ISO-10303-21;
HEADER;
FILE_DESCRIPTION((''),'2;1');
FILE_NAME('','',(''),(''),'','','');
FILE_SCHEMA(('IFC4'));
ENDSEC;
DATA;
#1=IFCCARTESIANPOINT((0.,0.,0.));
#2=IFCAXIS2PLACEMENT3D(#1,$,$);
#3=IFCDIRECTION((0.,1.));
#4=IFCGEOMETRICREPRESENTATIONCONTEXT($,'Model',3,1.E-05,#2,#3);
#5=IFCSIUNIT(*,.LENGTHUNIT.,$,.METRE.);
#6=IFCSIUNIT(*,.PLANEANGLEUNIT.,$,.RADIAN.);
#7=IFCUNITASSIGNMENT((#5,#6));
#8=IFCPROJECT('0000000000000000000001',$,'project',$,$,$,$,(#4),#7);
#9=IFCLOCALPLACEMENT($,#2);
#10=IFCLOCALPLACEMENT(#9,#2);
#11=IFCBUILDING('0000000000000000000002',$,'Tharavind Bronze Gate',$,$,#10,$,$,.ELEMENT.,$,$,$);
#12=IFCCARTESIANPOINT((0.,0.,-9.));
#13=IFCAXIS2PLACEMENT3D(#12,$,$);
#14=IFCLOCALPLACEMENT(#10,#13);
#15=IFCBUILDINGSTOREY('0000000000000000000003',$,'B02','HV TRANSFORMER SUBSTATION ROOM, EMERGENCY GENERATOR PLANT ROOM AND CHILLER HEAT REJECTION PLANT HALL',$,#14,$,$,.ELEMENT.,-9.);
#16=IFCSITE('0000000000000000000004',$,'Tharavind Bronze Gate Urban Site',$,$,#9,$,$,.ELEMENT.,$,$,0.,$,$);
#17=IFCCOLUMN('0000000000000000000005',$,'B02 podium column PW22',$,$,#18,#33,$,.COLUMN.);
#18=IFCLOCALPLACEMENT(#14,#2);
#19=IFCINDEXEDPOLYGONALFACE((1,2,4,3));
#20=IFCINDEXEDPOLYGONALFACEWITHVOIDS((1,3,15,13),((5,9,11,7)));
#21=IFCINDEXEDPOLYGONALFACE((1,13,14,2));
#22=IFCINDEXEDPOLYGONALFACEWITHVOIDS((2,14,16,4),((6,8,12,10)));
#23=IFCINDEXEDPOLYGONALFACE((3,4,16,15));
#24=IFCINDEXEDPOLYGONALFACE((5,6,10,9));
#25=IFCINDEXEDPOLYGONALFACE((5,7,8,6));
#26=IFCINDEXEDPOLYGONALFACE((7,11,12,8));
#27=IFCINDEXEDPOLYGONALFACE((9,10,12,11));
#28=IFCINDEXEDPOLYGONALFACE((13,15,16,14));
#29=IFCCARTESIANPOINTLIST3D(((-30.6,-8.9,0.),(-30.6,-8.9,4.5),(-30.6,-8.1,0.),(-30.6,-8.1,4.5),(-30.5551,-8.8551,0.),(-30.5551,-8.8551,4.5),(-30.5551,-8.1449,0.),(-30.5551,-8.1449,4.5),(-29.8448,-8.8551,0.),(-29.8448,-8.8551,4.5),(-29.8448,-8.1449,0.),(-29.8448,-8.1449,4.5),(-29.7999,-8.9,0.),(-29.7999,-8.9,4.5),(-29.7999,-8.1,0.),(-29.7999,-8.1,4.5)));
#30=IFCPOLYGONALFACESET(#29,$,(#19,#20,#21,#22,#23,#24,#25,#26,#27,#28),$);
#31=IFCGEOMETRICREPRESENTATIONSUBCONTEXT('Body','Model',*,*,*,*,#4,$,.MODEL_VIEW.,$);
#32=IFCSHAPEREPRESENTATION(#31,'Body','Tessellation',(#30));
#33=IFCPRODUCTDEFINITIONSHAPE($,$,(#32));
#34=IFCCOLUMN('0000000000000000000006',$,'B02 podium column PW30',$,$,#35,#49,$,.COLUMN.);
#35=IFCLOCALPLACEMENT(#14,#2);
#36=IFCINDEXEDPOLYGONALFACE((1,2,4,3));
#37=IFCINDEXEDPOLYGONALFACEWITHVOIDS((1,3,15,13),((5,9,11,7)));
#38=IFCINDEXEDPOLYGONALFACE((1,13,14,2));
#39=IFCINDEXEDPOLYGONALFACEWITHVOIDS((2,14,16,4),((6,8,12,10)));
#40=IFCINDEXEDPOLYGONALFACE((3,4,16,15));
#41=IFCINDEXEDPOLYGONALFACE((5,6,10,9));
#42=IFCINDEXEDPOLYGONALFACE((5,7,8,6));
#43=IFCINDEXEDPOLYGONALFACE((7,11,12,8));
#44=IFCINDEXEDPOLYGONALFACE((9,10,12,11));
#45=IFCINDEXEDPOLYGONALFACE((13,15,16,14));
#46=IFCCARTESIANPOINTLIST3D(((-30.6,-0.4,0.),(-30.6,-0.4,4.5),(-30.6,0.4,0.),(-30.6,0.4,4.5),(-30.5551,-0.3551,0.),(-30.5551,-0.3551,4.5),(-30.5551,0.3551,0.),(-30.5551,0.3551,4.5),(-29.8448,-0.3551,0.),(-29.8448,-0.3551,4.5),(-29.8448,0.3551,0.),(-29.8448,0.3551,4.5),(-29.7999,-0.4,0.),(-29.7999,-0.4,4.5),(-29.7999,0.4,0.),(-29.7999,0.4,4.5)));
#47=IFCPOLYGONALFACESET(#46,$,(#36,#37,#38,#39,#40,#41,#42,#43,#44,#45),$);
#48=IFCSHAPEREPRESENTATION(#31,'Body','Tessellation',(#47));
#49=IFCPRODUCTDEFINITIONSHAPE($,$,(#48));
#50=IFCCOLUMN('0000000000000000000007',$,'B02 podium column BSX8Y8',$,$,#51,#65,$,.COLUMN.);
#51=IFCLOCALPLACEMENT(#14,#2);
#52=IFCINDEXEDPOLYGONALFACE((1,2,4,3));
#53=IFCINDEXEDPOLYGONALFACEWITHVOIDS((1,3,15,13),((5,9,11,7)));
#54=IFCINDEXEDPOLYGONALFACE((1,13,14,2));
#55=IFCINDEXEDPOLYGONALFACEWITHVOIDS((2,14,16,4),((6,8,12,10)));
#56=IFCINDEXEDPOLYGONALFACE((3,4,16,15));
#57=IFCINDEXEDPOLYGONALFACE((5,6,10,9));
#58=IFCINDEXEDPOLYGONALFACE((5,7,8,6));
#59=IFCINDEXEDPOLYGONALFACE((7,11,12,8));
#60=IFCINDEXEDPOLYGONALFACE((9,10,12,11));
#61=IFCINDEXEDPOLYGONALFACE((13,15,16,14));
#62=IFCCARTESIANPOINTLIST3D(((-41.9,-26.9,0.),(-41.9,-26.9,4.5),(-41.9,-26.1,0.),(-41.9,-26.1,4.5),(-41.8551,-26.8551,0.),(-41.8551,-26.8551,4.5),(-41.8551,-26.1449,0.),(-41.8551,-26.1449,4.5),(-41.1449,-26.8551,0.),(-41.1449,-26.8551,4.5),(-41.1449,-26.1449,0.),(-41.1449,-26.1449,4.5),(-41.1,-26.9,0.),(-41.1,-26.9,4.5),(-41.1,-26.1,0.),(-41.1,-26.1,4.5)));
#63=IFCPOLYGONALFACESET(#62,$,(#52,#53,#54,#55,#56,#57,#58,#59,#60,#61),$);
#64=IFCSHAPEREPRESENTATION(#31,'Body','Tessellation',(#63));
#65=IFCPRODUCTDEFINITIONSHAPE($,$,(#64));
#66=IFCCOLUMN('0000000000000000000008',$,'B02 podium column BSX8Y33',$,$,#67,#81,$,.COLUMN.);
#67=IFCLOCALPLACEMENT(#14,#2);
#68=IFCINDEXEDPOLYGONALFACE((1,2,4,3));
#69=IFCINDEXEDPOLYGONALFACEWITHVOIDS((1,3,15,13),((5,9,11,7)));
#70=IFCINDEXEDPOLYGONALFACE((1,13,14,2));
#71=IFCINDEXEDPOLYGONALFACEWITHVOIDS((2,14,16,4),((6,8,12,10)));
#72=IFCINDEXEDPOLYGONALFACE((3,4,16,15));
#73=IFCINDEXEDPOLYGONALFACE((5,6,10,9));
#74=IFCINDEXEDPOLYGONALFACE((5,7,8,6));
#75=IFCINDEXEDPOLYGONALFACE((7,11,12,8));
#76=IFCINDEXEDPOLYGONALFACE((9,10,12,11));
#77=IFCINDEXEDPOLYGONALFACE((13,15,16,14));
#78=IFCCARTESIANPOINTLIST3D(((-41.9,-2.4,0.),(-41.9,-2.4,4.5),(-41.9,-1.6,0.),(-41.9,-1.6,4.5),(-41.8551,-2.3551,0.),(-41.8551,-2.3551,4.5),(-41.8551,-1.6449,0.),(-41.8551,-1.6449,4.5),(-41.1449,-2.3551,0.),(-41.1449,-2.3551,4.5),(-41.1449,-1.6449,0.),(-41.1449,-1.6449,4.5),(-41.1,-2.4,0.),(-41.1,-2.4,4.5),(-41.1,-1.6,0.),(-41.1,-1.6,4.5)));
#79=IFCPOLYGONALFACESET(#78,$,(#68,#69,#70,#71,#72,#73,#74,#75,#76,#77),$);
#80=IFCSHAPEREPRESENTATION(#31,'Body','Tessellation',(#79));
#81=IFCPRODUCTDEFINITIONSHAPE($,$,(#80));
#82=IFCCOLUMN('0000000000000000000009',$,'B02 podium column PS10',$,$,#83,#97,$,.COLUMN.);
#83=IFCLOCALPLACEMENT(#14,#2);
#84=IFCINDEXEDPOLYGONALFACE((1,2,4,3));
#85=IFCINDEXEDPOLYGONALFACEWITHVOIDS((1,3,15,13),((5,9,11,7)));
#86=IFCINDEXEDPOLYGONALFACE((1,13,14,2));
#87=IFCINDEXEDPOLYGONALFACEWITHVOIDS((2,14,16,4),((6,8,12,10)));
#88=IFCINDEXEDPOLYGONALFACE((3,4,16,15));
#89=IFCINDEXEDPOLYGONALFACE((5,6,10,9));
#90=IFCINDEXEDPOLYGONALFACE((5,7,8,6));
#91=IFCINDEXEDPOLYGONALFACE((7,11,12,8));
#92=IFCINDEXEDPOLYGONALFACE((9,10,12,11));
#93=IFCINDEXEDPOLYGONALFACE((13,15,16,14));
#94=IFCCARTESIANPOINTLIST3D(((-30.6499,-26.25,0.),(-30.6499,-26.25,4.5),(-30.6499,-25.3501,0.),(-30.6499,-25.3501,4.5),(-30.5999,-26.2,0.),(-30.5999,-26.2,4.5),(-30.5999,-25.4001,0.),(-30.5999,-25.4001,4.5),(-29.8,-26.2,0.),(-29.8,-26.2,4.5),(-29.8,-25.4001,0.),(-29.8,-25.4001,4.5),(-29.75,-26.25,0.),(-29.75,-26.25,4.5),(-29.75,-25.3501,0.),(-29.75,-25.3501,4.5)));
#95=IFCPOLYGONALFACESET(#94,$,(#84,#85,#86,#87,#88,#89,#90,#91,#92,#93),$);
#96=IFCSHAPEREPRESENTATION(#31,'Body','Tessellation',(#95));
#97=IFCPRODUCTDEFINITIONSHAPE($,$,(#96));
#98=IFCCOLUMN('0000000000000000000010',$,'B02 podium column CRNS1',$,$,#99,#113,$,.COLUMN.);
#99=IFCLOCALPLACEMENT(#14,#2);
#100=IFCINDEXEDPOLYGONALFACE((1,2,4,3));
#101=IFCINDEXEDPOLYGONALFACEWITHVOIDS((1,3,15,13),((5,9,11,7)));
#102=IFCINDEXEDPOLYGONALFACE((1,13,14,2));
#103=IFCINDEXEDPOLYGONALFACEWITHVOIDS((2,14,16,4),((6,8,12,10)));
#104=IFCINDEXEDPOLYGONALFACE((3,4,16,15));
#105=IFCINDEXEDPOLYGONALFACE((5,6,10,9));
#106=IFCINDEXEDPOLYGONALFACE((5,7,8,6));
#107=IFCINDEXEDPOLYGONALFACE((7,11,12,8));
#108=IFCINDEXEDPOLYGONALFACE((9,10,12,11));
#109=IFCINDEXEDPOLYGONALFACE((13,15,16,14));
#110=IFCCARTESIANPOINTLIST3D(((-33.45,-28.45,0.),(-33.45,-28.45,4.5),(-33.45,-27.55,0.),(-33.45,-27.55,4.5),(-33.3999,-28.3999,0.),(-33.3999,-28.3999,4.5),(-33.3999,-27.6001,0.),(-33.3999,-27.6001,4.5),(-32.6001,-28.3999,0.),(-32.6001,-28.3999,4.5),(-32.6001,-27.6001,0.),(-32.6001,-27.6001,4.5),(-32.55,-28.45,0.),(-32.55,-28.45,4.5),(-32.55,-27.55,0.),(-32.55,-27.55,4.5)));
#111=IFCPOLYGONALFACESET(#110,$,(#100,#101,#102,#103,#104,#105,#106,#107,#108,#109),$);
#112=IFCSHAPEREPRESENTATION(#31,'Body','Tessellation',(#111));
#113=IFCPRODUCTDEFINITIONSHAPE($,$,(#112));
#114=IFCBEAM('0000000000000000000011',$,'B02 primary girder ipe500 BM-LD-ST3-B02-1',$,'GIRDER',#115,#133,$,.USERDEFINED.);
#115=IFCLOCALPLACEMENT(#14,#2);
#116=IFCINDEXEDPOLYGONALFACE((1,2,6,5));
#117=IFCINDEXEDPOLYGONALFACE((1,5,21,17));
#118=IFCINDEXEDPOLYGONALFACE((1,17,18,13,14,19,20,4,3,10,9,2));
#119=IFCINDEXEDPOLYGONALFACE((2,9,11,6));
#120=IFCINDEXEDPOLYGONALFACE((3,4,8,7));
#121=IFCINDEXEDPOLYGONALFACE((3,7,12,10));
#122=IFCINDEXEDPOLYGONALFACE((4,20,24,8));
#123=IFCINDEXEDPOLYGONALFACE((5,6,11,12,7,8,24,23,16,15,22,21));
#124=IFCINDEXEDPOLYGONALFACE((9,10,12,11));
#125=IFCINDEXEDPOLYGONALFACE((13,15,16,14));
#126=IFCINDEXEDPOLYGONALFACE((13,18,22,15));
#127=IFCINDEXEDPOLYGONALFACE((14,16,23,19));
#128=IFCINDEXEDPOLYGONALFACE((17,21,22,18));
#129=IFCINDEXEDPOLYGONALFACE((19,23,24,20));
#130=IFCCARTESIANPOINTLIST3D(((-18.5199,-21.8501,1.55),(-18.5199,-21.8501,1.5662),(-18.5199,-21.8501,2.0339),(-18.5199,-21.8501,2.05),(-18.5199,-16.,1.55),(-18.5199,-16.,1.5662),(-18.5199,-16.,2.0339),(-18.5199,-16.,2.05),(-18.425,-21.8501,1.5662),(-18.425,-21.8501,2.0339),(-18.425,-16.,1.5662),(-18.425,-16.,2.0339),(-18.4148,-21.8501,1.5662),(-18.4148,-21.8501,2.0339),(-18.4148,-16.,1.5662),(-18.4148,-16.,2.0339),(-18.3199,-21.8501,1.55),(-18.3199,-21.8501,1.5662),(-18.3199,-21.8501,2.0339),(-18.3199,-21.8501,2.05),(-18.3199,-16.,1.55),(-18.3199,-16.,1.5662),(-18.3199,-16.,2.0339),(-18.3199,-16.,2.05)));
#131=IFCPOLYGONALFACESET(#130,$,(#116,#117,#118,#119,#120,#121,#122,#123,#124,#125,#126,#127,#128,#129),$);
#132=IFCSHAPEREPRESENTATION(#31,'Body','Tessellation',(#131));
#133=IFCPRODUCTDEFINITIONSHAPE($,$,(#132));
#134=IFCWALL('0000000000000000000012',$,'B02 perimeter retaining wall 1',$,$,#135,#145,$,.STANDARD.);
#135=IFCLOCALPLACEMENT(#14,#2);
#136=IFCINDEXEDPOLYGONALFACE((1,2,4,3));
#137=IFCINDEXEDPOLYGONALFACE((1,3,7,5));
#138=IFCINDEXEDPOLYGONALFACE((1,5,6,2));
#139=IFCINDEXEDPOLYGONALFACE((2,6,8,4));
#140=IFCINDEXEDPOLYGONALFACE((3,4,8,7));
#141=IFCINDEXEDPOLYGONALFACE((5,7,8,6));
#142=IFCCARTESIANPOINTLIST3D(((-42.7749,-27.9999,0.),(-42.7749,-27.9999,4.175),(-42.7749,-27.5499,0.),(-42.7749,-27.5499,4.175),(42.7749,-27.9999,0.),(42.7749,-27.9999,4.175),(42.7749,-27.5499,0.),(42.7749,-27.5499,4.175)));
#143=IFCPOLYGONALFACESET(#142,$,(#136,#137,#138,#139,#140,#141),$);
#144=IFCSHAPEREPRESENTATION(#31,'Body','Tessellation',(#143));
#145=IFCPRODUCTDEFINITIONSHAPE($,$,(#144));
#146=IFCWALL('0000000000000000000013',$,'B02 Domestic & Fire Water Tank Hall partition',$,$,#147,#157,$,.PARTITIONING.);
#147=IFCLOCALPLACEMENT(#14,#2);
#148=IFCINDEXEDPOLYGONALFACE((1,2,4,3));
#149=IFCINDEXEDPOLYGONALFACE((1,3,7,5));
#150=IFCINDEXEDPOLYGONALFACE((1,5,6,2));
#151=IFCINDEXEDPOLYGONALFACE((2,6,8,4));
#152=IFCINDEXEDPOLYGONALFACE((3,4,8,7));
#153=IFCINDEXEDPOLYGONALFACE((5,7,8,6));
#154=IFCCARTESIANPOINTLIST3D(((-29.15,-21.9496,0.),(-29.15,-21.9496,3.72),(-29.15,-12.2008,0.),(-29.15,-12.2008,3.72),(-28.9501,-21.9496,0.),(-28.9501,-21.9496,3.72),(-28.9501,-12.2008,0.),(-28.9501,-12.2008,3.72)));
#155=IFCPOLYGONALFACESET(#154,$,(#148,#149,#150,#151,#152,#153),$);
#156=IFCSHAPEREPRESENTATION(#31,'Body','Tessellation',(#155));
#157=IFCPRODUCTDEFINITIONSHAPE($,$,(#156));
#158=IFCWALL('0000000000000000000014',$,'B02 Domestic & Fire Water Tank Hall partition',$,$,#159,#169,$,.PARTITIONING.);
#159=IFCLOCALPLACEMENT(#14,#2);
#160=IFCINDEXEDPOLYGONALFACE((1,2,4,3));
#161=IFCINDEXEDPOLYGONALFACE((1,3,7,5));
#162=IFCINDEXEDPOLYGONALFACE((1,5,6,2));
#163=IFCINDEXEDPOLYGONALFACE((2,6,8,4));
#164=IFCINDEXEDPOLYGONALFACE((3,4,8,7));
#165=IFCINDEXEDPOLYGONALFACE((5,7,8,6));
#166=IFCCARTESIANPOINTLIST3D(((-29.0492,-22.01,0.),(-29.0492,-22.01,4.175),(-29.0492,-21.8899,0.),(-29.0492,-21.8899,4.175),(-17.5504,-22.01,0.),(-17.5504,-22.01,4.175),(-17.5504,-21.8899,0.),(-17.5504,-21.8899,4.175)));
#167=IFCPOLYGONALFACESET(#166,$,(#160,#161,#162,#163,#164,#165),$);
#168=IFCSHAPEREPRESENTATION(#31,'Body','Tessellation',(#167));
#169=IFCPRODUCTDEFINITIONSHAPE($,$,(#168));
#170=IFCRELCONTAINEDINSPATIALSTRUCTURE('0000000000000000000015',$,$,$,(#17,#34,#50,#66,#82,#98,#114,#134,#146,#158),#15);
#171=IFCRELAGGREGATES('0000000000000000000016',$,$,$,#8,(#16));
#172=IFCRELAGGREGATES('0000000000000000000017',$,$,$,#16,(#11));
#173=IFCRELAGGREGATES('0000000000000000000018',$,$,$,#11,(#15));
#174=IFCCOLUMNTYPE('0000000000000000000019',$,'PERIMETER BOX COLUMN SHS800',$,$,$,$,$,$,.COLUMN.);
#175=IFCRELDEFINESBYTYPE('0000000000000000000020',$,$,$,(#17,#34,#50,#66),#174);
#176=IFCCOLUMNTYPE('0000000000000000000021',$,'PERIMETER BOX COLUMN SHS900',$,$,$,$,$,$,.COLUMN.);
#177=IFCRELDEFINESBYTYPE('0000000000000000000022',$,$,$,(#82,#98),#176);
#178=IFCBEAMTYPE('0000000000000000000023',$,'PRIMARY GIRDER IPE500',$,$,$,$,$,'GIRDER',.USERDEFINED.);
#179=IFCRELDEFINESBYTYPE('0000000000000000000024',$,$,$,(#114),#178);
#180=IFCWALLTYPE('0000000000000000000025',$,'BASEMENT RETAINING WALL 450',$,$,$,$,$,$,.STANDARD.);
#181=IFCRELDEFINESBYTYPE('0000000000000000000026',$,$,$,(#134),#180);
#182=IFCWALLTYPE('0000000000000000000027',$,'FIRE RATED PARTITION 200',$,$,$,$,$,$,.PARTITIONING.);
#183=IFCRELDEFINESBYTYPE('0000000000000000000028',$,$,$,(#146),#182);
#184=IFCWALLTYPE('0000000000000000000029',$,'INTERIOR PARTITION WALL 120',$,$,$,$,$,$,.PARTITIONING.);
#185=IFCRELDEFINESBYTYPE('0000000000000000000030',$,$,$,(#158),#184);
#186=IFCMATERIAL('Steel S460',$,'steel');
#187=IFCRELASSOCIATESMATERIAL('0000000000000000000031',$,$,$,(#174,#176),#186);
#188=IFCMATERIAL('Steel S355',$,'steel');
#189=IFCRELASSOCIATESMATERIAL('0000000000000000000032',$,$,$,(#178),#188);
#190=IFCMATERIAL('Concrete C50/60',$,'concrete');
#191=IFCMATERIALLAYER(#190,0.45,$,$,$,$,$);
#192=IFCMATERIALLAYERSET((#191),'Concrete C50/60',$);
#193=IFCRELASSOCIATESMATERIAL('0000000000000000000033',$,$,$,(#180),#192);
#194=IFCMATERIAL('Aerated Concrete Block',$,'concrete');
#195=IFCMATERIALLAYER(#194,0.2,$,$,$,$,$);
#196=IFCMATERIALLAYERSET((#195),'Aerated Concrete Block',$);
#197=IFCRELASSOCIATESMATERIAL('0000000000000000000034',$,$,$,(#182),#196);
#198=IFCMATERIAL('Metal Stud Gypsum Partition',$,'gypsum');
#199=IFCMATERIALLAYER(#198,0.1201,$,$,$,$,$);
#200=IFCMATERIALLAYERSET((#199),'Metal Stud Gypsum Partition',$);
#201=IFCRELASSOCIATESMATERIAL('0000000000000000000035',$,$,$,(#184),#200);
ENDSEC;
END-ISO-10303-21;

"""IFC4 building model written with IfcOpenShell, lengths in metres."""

from ifc_helpers import new_model, si_unit, direction, frame, frame_2d, origin, origin_2d, place, context, subcontext, project, spatial, rectangle, hollow_rectangle, i_section, extrude, material, layer, layer_set, material_profile, profile_set, type_object, element, save


model = new_model("IFC4")

# Units and contexts
model_context = context("Model", 3, precision=1e-05, world=origin(), true_north=direction((0.0, 1.0)))
body_context = subcontext(model_context, "Body", "Model", "MODEL_VIEW")
ifc_project = project(units=[si_unit("LENGTHUNIT", "METRE"), si_unit("PLANEANGLEUNIT", "RADIAN")], contexts=[model_context])

# Site, building, storey
site_placement = place(None, origin())
site = spatial("IfcSite", under=ifc_project, at=site_placement, Name="Tharavind Bronze Gate Urban Site", CompositionType="ELEMENT", RefElevation=0.0)
building_placement = place(site_placement, origin())
building = spatial("IfcBuilding", under=site, at=building_placement, Name="Tharavind Bronze Gate", CompositionType="ELEMENT")
storey_placement = place(building_placement, frame((0.0, 0.0, -9.0)))
storey = spatial("IfcBuildingStorey", under=building, at=storey_placement, Name="B02", Description="HV TRANSFORMER SUBSTATION ROOM, EMERGENCY GENERATOR PLANT ROOM AND CHILLER HEAT REJECTION PLANT HALL", CompositionType="ELEMENT", Elevation=-9.0)

# Shared definitions
ifc_material_1 = material(Name="Concrete C50/60", Category="concrete")

# Columns
ifc_material_2 = material(Name="Steel S460", Category="steel")
ifc_material_profile_1 = material_profile(ifc_material_2, hollow_rectangle(XDim=0.8, YDim=0.8, WallThickness=0.0449, at=origin_2d()), Name="SHS800X45")
ifc_profile_set_1 = profile_set([ifc_material_profile_1], Name="Steel S460")
column_type_1 = type_object("IfcColumnType", Name="PERIMETER BOX COLUMN SHS800", PredefinedType="COLUMN", material=ifc_profile_set_1)
for number, where, z_axis, x_axis, name in (
    (1, (-30.2, -8.5, 0.0), (0.0, 0.0, 1.0), (1.0, 0.0, 0.0), "B02 podium column PW22"),
    (2, (-30.2, 0.0, 0.0), (0.0, 0.0, 1.0), (1.0, 0.0, 0.0), "B02 podium column PW30"),
    (3, (-41.5, -26.5, 0.0), (0.0, 0.0, 1.0), (1.0, 0.0, 0.0), "B02 podium column BSX8Y8"),
    (4, (-41.5, -2.0, 0.0), (0.0, 0.0, 1.0), (1.0, 0.0, 0.0), "B02 podium column BSX8Y33"),
):
    element("IfcColumn", number, at=place(storey_placement, frame(where, z_axis=z_axis, x_axis=x_axis)), inside=storey, type_object=column_type_1, Name=name, PredefinedType="COLUMN", context=body_context, shape_type="SweptSolid", body=[
        extrude(hollow_rectangle(XDim=0.8, YDim=0.8, WallThickness=0.0449, at=origin_2d()), origin(), (0.0, 0.0, 1.0), 4.5),
    ])
ifc_material_profile_2 = material_profile(ifc_material_2, hollow_rectangle(XDim=0.8999, YDim=0.8999, WallThickness=0.05, at=origin_2d()), Name="SHS900X50")
ifc_profile_set_2 = profile_set([ifc_material_profile_2], Name="Steel S460")
column_type_2 = type_object("IfcColumnType", Name="PERIMETER BOX COLUMN SHS900", PredefinedType="COLUMN", material=ifc_profile_set_2)
for number, where, z_axis, x_axis, name in (
    (5, (-30.2, -25.8, 0.0), (0.0, 0.0, 1.0), (1.0, 0.0, 0.0), "B02 podium column PS10"),
    (6, (-33.0, -28.0, 0.0), (0.0, 0.0, 1.0), (1.0, 0.0, 0.0), "B02 podium column CRNS1"),
):
    element("IfcColumn", number, at=place(storey_placement, frame(where, z_axis=z_axis, x_axis=x_axis)), inside=storey, type_object=column_type_2, Name=name, PredefinedType="COLUMN", context=body_context, shape_type="SweptSolid", body=[
        extrude(hollow_rectangle(XDim=0.8999, YDim=0.8999, WallThickness=0.05, at=origin_2d()), origin(), (0.0, 0.0, 1.0), 4.5),
    ])

# Beam
ifc_material_3 = material(Name="Steel S355", Category="steel")
ifc_material_profile_3 = material_profile(ifc_material_3, i_section(OverallWidth=0.2, OverallDepth=0.5, WebThickness=0.0103, FlangeThickness=0.0161, at=origin_2d()), Name="IPE500")
ifc_profile_set_3 = profile_set([ifc_material_profile_3], Name="Steel S355")
beam_type = type_object("IfcBeamType", Name="PRIMARY GIRDER IPE500", ElementType="GIRDER", PredefinedType="USERDEFINED", material=ifc_profile_set_3)
beam_placement = place(storey_placement, frame((-18.4199, -21.8501, 1.8), z_axis=(0.0, 1.0, 0.0), x_axis=(-1.0, 0.0, 0.0)))
element("IfcBeam", 7, at=beam_placement, inside=storey, type_object=beam_type, Name="B02 primary girder ipe500 BM-LD-ST3-B02-1", ObjectType="GIRDER", PredefinedType="USERDEFINED", context=body_context, shape_type="SweptSolid", body=[
    extrude(i_section(OverallWidth=0.2, OverallDepth=0.5, WebThickness=0.0103, FlangeThickness=0.0161, at=origin_2d()), origin(), (0.0, 0.0, 1.0), 5.8501),
])

# Walls
ifc_layer_1 = layer(ifc_material_1, 0.45)
ifc_layer_set_1 = layer_set([ifc_layer_1], Name="Concrete C50/60")
wall_type_1 = type_object("IfcWallType", Name="BASEMENT RETAINING WALL 450", PredefinedType="STANDARD", material=ifc_layer_set_1)
wall_1_placement = place(storey_placement, frame((-42.7749, -27.7749, 0.0), z_axis=(0.0, 0.0, 1.0), x_axis=(1.0, 0.0, 0.0)))
element("IfcWall", 8, at=wall_1_placement, inside=storey, type_object=wall_type_1, Name="B02 perimeter retaining wall 1", PredefinedType="STANDARD", context=body_context, shape_type="SweptSolid", body=[
    extrude(rectangle(XDim=85.5498, YDim=0.45, at=frame_2d((42.7749, 0.0))), origin(), (0.0, 0.0, 1.0), 4.175),
])
ifc_material_4 = material(Name="Aerated Concrete Block", Category="concrete")
ifc_layer_2 = layer(ifc_material_4, 0.2)
ifc_layer_set_2 = layer_set([ifc_layer_2], Name="Aerated Concrete Block")
wall_type_2 = type_object("IfcWallType", Name="FIRE RATED PARTITION 200", PredefinedType="PARTITIONING", material=ifc_layer_set_2)
wall_2_placement = place(storey_placement, frame((-29.05, -12.2007, 0.0), z_axis=(0.0, 0.0, 1.0), x_axis=(0.0, -1.0, 0.0)))
element("IfcWall", 9, at=wall_2_placement, inside=storey, type_object=wall_type_2, Name="B02 Domestic & Fire Water Tank Hall partition", PredefinedType="PARTITIONING", context=body_context, shape_type="SweptSolid", body=[
    extrude(rectangle(XDim=9.7488, YDim=0.2, at=frame_2d((4.8745, 0.0))), origin(), (0.0, 0.0, 1.0), 3.72),
])
ifc_material_5 = material(Name="Metal Stud Gypsum Partition", Category="gypsum")
ifc_layer_3 = layer(ifc_material_5, 0.1201)
ifc_layer_set_3 = layer_set([ifc_layer_3], Name="Metal Stud Gypsum Partition")
wall_type_3 = type_object("IfcWallType", Name="INTERIOR PARTITION WALL 120", PredefinedType="PARTITIONING", material=ifc_layer_set_3)
wall_3_placement = place(storey_placement, frame((-29.0493, -21.95, 0.0), z_axis=(0.0, 0.0, 1.0), x_axis=(1.0, 0.0, 0.0)))
element("IfcWall", 10, at=wall_3_placement, inside=storey, type_object=wall_type_3, Name="B02 Domestic & Fire Water Tank Hall partition", PredefinedType="PARTITIONING", context=body_context, shape_type="SweptSolid", body=[
    extrude(rectangle(XDim=11.4988, YDim=0.1201, at=frame_2d((5.7495, 0.0))), origin(), (0.0, 0.0, 1.0), 4.175),
])

save(model, "model.ifc")
